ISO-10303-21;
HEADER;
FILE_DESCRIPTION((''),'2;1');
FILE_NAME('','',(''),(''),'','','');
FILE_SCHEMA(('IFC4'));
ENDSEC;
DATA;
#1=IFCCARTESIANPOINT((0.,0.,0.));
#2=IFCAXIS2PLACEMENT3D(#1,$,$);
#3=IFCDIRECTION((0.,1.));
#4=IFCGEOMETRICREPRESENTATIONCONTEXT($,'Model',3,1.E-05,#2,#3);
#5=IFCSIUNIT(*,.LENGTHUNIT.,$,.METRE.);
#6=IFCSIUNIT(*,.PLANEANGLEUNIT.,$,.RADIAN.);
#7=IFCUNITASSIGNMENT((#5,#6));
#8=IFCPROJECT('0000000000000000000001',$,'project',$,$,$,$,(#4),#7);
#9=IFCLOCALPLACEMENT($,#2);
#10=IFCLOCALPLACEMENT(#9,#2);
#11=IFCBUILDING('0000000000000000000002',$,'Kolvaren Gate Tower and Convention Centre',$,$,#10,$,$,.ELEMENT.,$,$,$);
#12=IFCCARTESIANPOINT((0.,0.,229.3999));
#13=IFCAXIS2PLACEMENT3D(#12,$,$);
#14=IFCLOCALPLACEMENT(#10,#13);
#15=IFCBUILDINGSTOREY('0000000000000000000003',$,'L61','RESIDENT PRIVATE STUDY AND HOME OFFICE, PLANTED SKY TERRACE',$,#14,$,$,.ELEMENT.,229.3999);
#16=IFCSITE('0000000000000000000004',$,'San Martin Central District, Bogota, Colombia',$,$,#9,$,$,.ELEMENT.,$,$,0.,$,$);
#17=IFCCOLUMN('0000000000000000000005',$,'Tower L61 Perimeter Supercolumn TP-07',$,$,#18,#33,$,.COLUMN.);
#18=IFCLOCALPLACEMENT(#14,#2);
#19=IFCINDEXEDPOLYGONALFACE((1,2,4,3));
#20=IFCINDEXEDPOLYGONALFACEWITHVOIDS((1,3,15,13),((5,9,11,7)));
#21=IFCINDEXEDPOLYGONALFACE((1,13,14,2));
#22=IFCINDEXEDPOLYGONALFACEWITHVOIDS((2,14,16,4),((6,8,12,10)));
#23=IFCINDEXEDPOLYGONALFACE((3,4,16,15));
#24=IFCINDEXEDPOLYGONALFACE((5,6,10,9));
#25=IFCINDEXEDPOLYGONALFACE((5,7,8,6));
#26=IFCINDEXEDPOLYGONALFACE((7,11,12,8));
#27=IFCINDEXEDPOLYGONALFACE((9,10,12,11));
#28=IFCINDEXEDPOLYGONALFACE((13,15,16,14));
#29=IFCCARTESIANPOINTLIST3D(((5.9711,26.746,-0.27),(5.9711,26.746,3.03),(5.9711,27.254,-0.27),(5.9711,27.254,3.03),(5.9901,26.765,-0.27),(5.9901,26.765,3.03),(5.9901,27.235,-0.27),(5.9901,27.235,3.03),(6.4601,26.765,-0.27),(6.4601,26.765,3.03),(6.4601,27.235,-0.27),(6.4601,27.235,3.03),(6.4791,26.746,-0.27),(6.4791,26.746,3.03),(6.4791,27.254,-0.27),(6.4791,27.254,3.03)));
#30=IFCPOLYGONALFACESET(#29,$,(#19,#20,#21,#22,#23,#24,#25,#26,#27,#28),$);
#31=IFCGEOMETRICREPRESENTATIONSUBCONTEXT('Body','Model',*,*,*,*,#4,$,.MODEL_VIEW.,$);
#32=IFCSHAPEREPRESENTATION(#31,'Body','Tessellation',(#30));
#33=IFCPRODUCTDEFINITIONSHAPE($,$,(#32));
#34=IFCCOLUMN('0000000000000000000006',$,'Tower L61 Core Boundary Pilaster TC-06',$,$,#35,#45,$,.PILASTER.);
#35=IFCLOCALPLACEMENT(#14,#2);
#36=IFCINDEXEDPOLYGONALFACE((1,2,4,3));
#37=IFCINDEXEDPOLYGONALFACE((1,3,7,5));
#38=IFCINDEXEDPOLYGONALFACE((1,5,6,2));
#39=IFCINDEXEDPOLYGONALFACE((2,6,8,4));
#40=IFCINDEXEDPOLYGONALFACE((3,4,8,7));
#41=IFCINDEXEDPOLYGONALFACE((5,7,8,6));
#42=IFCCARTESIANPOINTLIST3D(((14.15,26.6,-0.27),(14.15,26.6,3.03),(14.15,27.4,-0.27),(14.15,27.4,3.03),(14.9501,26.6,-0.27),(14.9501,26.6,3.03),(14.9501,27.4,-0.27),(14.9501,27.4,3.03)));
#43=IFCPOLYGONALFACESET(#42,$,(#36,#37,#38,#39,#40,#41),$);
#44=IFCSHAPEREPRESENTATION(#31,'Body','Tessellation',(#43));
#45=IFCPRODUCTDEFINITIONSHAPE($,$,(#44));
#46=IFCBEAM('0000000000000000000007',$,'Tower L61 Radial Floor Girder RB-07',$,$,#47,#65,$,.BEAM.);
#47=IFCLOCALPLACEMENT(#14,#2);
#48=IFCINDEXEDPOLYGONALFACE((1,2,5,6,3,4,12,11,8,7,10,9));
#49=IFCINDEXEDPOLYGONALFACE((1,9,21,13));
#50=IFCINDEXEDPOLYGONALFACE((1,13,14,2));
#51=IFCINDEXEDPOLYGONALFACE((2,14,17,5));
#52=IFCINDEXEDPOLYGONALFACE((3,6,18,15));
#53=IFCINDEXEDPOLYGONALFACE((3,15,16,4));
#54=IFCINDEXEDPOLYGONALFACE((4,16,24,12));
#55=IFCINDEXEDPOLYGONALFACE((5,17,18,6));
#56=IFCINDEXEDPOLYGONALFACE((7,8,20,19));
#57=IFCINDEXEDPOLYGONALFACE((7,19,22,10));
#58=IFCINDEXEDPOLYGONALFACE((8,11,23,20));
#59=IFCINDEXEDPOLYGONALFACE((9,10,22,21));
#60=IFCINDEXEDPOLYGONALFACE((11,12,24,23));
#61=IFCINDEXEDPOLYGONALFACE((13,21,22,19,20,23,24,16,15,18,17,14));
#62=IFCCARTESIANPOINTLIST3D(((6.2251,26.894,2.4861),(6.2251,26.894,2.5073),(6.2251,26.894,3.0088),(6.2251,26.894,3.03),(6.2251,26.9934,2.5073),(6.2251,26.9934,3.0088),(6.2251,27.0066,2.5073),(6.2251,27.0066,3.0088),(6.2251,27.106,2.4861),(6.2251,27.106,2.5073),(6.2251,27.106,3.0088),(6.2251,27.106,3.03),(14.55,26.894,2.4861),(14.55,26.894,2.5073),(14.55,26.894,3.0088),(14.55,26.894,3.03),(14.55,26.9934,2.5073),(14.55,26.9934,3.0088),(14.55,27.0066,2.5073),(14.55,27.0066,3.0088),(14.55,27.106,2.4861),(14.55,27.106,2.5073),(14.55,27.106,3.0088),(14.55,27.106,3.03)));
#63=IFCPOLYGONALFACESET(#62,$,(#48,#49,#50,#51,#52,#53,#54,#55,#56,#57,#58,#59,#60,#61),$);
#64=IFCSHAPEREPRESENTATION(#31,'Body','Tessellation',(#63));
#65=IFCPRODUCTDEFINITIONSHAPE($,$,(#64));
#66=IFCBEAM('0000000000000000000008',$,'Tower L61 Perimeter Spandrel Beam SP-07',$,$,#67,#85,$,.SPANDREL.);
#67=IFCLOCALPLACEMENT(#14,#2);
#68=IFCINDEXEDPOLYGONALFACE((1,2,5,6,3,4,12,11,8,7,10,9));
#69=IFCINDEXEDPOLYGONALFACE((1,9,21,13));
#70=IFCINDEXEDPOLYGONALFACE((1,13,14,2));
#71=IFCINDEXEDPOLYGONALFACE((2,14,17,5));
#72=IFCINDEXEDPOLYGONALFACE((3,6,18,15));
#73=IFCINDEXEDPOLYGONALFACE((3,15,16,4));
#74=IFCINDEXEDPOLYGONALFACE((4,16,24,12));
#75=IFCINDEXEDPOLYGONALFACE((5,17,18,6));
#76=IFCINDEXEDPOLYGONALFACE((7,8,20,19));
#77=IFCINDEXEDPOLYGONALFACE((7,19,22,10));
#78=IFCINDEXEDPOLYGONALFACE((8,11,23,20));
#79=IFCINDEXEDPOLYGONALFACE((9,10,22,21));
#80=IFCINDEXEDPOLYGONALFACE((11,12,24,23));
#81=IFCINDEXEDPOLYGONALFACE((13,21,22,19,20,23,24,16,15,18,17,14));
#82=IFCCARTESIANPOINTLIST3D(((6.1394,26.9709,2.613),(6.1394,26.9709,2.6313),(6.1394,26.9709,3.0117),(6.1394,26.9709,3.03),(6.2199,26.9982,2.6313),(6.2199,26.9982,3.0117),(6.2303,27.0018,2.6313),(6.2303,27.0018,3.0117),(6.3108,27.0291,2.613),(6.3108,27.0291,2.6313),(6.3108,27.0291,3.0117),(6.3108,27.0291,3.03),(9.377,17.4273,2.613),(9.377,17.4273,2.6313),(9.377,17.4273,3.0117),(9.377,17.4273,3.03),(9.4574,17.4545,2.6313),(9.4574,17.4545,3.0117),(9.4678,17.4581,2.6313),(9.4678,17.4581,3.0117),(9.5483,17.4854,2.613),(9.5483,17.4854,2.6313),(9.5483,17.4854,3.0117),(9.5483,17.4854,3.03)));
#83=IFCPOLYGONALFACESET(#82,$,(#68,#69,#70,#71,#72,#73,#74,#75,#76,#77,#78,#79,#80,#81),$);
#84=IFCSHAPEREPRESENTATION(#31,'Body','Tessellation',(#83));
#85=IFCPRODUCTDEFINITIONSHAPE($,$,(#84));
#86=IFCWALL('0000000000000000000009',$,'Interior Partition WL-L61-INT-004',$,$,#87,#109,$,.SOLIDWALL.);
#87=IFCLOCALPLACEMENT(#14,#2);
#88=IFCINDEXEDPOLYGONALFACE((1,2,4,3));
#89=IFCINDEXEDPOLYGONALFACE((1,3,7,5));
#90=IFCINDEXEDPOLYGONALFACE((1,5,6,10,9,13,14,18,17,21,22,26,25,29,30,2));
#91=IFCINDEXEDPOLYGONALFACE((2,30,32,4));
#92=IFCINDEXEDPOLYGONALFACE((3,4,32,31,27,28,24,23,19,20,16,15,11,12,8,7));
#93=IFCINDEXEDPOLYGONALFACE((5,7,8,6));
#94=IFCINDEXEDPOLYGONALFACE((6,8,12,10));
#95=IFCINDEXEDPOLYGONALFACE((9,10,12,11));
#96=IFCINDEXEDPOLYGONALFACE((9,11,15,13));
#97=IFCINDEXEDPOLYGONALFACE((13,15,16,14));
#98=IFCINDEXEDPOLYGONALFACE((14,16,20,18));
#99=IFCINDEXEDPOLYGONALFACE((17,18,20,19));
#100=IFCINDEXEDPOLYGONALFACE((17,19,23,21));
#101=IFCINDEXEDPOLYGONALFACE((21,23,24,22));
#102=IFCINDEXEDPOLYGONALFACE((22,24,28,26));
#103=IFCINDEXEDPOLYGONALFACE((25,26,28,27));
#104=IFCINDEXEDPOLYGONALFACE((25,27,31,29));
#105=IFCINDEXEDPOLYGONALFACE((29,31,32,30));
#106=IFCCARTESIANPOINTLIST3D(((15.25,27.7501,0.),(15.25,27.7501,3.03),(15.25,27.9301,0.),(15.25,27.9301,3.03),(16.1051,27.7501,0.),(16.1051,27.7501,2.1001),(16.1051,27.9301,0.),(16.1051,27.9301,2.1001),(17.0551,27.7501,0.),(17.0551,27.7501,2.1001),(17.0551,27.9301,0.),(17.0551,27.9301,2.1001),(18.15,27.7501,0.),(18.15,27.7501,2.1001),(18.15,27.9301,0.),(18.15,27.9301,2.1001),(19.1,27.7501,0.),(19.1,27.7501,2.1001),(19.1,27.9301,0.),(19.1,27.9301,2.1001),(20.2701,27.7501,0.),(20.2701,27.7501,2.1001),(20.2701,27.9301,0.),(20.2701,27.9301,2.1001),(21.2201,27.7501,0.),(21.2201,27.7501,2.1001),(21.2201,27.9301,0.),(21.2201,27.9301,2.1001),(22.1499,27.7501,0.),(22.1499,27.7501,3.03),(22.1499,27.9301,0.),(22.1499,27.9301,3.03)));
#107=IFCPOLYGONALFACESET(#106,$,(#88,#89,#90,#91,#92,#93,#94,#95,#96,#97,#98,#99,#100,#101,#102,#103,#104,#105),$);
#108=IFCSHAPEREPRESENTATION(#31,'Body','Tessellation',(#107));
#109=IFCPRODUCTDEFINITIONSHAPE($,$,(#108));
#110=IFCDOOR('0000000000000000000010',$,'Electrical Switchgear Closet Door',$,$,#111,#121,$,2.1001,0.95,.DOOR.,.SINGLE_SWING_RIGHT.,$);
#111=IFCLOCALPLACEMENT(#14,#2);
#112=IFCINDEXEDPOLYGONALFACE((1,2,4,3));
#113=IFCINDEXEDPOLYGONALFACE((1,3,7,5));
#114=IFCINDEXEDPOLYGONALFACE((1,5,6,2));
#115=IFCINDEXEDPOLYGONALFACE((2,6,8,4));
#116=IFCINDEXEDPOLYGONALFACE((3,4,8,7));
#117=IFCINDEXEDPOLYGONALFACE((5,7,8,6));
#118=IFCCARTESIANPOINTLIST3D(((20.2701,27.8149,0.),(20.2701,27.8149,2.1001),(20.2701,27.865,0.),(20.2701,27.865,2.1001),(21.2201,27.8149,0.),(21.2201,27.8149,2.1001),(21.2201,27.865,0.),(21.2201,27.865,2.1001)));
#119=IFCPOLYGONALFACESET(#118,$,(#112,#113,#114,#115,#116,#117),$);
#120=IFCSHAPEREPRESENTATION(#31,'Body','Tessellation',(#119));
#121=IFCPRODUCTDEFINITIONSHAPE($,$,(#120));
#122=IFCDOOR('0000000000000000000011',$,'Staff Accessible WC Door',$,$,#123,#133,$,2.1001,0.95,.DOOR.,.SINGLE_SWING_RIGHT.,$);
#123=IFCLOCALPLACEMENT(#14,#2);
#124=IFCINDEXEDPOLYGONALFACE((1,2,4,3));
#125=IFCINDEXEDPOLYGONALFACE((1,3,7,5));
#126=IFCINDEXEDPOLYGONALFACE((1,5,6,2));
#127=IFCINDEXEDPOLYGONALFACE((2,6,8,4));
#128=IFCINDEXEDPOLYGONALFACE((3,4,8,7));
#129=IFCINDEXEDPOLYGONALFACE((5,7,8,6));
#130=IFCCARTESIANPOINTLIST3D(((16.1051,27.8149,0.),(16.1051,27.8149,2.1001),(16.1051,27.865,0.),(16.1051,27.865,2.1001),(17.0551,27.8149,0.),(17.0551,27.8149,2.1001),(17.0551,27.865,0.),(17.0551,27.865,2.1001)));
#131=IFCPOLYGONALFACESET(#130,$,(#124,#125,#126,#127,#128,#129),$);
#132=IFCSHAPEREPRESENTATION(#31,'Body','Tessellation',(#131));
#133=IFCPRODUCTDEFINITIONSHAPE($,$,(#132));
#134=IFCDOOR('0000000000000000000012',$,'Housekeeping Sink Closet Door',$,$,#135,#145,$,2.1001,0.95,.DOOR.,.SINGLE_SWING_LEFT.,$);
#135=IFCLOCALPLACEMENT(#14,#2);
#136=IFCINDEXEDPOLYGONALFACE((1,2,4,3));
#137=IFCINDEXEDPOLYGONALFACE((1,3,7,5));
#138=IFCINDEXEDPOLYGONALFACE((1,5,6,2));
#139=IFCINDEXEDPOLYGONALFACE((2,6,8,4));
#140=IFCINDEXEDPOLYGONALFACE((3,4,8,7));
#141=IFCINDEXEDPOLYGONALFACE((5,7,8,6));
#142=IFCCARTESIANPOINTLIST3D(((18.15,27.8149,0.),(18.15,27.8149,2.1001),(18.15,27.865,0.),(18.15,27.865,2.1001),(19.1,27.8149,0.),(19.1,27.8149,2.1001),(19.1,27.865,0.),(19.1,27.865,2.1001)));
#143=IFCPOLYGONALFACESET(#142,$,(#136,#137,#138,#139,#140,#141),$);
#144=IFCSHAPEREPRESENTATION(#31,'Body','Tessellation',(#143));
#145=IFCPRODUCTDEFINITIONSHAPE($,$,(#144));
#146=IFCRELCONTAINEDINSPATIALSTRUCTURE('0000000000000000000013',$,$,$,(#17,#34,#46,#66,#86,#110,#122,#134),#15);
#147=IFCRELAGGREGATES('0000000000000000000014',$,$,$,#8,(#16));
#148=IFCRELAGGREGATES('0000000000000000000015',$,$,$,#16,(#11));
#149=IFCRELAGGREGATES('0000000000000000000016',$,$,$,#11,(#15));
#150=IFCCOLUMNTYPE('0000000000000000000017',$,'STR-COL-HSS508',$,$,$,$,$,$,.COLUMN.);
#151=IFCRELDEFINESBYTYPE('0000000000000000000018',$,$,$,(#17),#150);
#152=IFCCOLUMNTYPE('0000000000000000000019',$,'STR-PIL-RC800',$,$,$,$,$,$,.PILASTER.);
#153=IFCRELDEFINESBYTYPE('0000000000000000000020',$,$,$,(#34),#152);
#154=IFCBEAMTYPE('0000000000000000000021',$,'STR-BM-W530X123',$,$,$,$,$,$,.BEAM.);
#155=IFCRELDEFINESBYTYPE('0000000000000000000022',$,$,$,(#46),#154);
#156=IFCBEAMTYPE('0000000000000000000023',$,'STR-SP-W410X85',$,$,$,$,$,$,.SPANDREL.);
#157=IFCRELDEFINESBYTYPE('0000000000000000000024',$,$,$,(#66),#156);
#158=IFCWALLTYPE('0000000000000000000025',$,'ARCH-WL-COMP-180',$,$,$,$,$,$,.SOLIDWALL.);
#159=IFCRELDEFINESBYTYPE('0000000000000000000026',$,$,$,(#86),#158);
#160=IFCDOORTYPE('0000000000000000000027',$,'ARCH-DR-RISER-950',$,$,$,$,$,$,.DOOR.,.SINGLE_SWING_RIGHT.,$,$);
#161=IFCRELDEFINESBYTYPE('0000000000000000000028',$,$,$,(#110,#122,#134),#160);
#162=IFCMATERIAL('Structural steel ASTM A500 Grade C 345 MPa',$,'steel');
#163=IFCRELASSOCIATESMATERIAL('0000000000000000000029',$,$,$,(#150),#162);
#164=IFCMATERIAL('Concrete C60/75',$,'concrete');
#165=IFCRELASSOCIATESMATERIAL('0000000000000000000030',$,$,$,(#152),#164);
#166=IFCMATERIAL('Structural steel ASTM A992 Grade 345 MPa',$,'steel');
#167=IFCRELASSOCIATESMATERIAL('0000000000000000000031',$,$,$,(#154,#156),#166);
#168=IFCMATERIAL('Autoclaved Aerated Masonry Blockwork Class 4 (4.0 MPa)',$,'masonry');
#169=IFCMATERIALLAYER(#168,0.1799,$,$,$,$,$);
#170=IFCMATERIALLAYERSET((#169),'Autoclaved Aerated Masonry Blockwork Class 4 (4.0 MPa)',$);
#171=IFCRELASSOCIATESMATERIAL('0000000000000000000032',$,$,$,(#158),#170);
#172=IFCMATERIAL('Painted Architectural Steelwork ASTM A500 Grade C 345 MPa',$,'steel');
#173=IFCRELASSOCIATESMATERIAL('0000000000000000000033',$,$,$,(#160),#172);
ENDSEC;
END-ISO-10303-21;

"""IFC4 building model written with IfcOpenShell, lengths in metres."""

from ifc_helpers import new_model, si_unit, direction, frame, frame_2d, origin, origin_2d, place, context, subcontext, project, spatial, rectangle, hollow_rectangle, i_section, extrude, material, layer, layer_set, material_profile, profile_set, type_object, element, fill, save


model = new_model("IFC4")

# Units and contexts
model_context = context("Model", 3, precision=1e-05, world=origin(), true_north=direction((0.0, 1.0)))
body_context = subcontext(model_context, "Body", "Model", "MODEL_VIEW")
ifc_project = project(units=[si_unit("LENGTHUNIT", "METRE"), si_unit("PLANEANGLEUNIT", "RADIAN")], contexts=[model_context])

# Site, building, storey
site_placement = place(None, origin())
site = spatial("IfcSite", under=ifc_project, at=site_placement, Name="San Martin Central District, Bogota, Colombia", CompositionType="ELEMENT", RefElevation=0.0)
building_placement = place(site_placement, origin())
building = spatial("IfcBuilding", under=site, at=building_placement, Name="Kolvaren Gate Tower and Convention Centre", CompositionType="ELEMENT")
storey_placement = place(building_placement, frame((0.0, 0.0, 229.3999)))
storey = spatial("IfcBuildingStorey", under=building, at=storey_placement, Name="L61", Description="RESIDENT PRIVATE STUDY AND HOME OFFICE, PLANTED SKY TERRACE", CompositionType="ELEMENT", Elevation=229.3999)

# Columns
ifc_material_1 = material(Name="Structural steel ASTM A500 Grade C 345 MPa", Category="steel")
ifc_material_profile_1 = material_profile(ifc_material_1, hollow_rectangle(XDim=0.5081, YDim=0.5081, WallThickness=0.019, at=origin_2d()), Name="HSS508X508X19.1")
ifc_profile_set_1 = profile_set([ifc_material_profile_1], Name="Structural steel ASTM A500 Grade C 345 MPa")
column_type_1 = type_object("IfcColumnType", Name="STR-COL-HSS508", PredefinedType="COLUMN", material=ifc_profile_set_1)
column_1_placement = place(storey_placement, frame((6.2251, 27.0, -0.27), z_axis=(0.0, 0.0, 1.0), x_axis=(1.0, 0.0, 0.0)))
element("IfcColumn", 1, at=column_1_placement, inside=storey, type_object=column_type_1, Name="Tower L61 Perimeter Supercolumn TP-07", PredefinedType="COLUMN", context=body_context, shape_type="SweptSolid", body=[
    extrude(hollow_rectangle(XDim=0.5081, YDim=0.5081, WallThickness=0.019, at=origin_2d()), origin(), (0.0, 0.0, 1.0), 3.3),
])
ifc_material_2 = material(Name="Concrete C60/75", Category="concrete")
ifc_material_profile_2 = material_profile(ifc_material_2, rectangle(XDim=0.8, YDim=0.8, at=origin_2d()), Name="RC-COL-800X800")
ifc_profile_set_2 = profile_set([ifc_material_profile_2], Name="Concrete C60/75")
column_type_2 = type_object("IfcColumnType", Name="STR-PIL-RC800", PredefinedType="PILASTER", material=ifc_profile_set_2)
column_2_placement = place(storey_placement, frame((14.55, 27.0, -0.27), z_axis=(0.0, 0.0, 1.0), x_axis=(1.0, 0.0, 0.0)))
element("IfcColumn", 2, at=column_2_placement, inside=storey, type_object=column_type_2, Name="Tower L61 Core Boundary Pilaster TC-06", PredefinedType="PILASTER", context=body_context, shape_type="SweptSolid", body=[
    extrude(rectangle(XDim=0.8, YDim=0.8, at=origin_2d()), origin(), (0.0, 0.0, 1.0), 3.3),
])

# Beams
ifc_material_3 = material(Name="Structural steel ASTM A992 Grade 345 MPa", Category="steel")
ifc_material_profile_3 = material_profile(ifc_material_3, i_section(OverallWidth=0.2119, OverallDepth=0.5439, WebThickness=0.0132, FlangeThickness=0.0212, at=origin_2d()), Name="W530X123")
ifc_profile_set_3 = profile_set([ifc_material_profile_3], Name="Structural steel ASTM A992 Grade 345 MPa")
beam_type_1 = type_object("IfcBeamType", Name="STR-BM-W530X123", PredefinedType="BEAM", material=ifc_profile_set_3)
beam_1_placement = place(storey_placement, frame((14.55, 27.0, 2.7581), z_axis=(-1.0, 0.0, 0.0), x_axis=(0.0, -1.0, 0.0)))
element("IfcBeam", 3, at=beam_1_placement, inside=storey, type_object=beam_type_1, Name="Tower L61 Radial Floor Girder RB-07", PredefinedType="BEAM", context=body_context, shape_type="SweptSolid", body=[
    extrude(i_section(OverallWidth=0.2119, OverallDepth=0.5439, WebThickness=0.0132, FlangeThickness=0.0212, at=origin_2d()), origin(), (0.0, 0.0, 1.0), 8.325),
])
ifc_material_profile_4 = material_profile(ifc_material_3, i_section(OverallWidth=0.1809, OverallDepth=0.417, WebThickness=0.011, FlangeThickness=0.0183, at=origin_2d()), Name="W410X85")
ifc_profile_set_4 = profile_set([ifc_material_profile_4], Name="Structural steel ASTM A992 Grade 345 MPa")
beam_type_2 = type_object("IfcBeamType", Name="STR-SP-W410X85", PredefinedType="SPANDREL", material=ifc_profile_set_4)
beam_2_placement = place(storey_placement, frame((6.2251, 27.0, 2.8215), z_axis=(0.321253, -0.946994, 0.0), x_axis=(0.946994, 0.321253, 0.0)))
element("IfcBeam", 4, at=beam_2_placement, inside=storey, type_object=beam_type_2, Name="Tower L61 Perimeter Spandrel Beam SP-07", PredefinedType="SPANDREL", context=body_context, shape_type="SweptSolid", body=[
    extrude(i_section(OverallWidth=0.1809, OverallDepth=0.417, WebThickness=0.011, FlangeThickness=0.0183, at=origin_2d()), origin(), (0.0, 0.0, 1.0), 10.0779),
])

# Wall, openings, doors
ifc_material_4 = material(Name="Autoclaved Aerated Masonry Blockwork Class 4 (4.0 MPa)", Category="masonry")
ifc_layer_1 = layer(ifc_material_4, 0.1799)
ifc_layer_set_1 = layer_set([ifc_layer_1], Name="Autoclaved Aerated Masonry Blockwork Class 4 (4.0 MPa)")
wall_type_1 = type_object("IfcWallType", Name="ARCH-WL-COMP-180", PredefinedType="SOLIDWALL", material=ifc_layer_set_1)
wall_1_placement = place(storey_placement, frame((15.25, 27.8401, 0.0), z_axis=(0.0, 0.0, 1.0), x_axis=(1.0, 0.0, 0.0)))
wall_1 = element("IfcWall", 5, at=wall_1_placement, inside=storey, type_object=wall_type_1, Name="Interior Partition WL-L61-INT-004", PredefinedType="SOLIDWALL", context=body_context, shape_type="SweptSolid", body=[
    extrude(rectangle(XDim=6.8999, YDim=0.1799, at=frame_2d((3.45, 0.0))), origin(), (0.0, 0.0, 1.0), 3.03),
])
opening_1_placement = place(wall_1_placement, frame((5.02, 0.0, 0.0)))
opening_1 = element("IfcOpeningElement", 6, at=opening_1_placement, cuts=wall_1, PredefinedType="OPENING", context=body_context, shape_type="SweptSolid", body=[
    extrude(rectangle(XDim=0.95, YDim=2.1001, at=frame_2d((0.4751, 1.05))), frame((0.0, 0.0999, 0.0), z_axis=(0.0, -1.0, 0.0), x_axis=(1.0, 0.0, 0.0)), (0.0, 0.0, 1.0), 0.2),
])
opening_2_placement = place(wall_1_placement, frame((0.855, 0.0, 0.0)))
opening_2 = element("IfcOpeningElement", 7, at=opening_2_placement, cuts=wall_1, PredefinedType="OPENING", context=body_context, shape_type="SweptSolid", body=[
    extrude(rectangle(XDim=0.95, YDim=2.1001, at=frame_2d((0.4751, 1.05))), frame((0.0, 0.0999, 0.0), z_axis=(0.0, -1.0, 0.0), x_axis=(1.0, 0.0, 0.0)), (0.0, 0.0, 1.0), 0.2),
])
opening_3_placement = place(wall_1_placement, frame((2.8999, 0.0, 0.0)))
opening_3 = element("IfcOpeningElement", 8, at=opening_3_placement, cuts=wall_1, PredefinedType="OPENING", context=body_context, shape_type="SweptSolid", body=[
    extrude(rectangle(XDim=0.95, YDim=2.1001, at=frame_2d((0.4751, 1.05))), frame((0.0, 0.0999, 0.0), z_axis=(0.0, -1.0, 0.0), x_axis=(1.0, 0.0, 0.0)), (0.0, 0.0, 1.0), 0.2),
])
ifc_material_5 = material(Name="Painted Architectural Steelwork ASTM A500 Grade C 345 MPa", Category="steel")
door_type = type_object("IfcDoorType", Name="ARCH-DR-RISER-950", OperationType="SINGLE_SWING_RIGHT", PredefinedType="DOOR", material=ifc_material_5)
door_1_placement = place(opening_1_placement, origin())
door_1 = element("IfcDoor", 9, at=door_1_placement, inside=storey, type_object=door_type, Name="Electrical Switchgear Closet Door", OperationType="SINGLE_SWING_RIGHT", OverallHeight=2.1001, OverallWidth=0.95, PredefinedType="DOOR", context=body_context, shape_type="SweptSolid", body=[
    extrude(rectangle(XDim=0.95, YDim=2.1001, at=frame_2d((0.4751, 1.05))), frame((0.0, 0.0249, 0.0), z_axis=(0.0, -1.0, 0.0), x_axis=(1.0, 0.0, 0.0)), (0.0, 0.0, 1.0), 0.05),
])
fill(opening_1, door_1)
door_2_placement = place(opening_2_placement, origin())
door_2 = element("IfcDoor", 10, at=door_2_placement, inside=storey, type_object=door_type, Name="Staff Accessible WC Door", OperationType="SINGLE_SWING_RIGHT", OverallHeight=2.1001, OverallWidth=0.95, PredefinedType="DOOR", context=body_context, shape_type="SweptSolid", body=[
    extrude(rectangle(XDim=0.95, YDim=2.1001, at=frame_2d((0.4751, 1.05))), frame((0.0, 0.0249, 0.0), z_axis=(0.0, -1.0, 0.0), x_axis=(1.0, 0.0, 0.0)), (0.0, 0.0, 1.0), 0.05),
])
fill(opening_2, door_2)
door_3_placement = place(opening_3_placement, origin())
door_3 = element("IfcDoor", 11, at=door_3_placement, inside=storey, type_object=door_type, Name="Housekeeping Sink Closet Door", OperationType="SINGLE_SWING_LEFT", OverallHeight=2.1001, OverallWidth=0.95, PredefinedType="DOOR", context=body_context, shape_type="SweptSolid", body=[
    extrude(rectangle(XDim=0.95, YDim=2.1001, at=frame_2d((0.4751, 1.05))), frame((0.0, 0.0249, 0.0), z_axis=(0.0, -1.0, 0.0), x_axis=(1.0, 0.0, 0.0)), (0.0, 0.0, 1.0), 0.05),
])
fill(opening_3, door_3)

save(model, "model.ifc")
